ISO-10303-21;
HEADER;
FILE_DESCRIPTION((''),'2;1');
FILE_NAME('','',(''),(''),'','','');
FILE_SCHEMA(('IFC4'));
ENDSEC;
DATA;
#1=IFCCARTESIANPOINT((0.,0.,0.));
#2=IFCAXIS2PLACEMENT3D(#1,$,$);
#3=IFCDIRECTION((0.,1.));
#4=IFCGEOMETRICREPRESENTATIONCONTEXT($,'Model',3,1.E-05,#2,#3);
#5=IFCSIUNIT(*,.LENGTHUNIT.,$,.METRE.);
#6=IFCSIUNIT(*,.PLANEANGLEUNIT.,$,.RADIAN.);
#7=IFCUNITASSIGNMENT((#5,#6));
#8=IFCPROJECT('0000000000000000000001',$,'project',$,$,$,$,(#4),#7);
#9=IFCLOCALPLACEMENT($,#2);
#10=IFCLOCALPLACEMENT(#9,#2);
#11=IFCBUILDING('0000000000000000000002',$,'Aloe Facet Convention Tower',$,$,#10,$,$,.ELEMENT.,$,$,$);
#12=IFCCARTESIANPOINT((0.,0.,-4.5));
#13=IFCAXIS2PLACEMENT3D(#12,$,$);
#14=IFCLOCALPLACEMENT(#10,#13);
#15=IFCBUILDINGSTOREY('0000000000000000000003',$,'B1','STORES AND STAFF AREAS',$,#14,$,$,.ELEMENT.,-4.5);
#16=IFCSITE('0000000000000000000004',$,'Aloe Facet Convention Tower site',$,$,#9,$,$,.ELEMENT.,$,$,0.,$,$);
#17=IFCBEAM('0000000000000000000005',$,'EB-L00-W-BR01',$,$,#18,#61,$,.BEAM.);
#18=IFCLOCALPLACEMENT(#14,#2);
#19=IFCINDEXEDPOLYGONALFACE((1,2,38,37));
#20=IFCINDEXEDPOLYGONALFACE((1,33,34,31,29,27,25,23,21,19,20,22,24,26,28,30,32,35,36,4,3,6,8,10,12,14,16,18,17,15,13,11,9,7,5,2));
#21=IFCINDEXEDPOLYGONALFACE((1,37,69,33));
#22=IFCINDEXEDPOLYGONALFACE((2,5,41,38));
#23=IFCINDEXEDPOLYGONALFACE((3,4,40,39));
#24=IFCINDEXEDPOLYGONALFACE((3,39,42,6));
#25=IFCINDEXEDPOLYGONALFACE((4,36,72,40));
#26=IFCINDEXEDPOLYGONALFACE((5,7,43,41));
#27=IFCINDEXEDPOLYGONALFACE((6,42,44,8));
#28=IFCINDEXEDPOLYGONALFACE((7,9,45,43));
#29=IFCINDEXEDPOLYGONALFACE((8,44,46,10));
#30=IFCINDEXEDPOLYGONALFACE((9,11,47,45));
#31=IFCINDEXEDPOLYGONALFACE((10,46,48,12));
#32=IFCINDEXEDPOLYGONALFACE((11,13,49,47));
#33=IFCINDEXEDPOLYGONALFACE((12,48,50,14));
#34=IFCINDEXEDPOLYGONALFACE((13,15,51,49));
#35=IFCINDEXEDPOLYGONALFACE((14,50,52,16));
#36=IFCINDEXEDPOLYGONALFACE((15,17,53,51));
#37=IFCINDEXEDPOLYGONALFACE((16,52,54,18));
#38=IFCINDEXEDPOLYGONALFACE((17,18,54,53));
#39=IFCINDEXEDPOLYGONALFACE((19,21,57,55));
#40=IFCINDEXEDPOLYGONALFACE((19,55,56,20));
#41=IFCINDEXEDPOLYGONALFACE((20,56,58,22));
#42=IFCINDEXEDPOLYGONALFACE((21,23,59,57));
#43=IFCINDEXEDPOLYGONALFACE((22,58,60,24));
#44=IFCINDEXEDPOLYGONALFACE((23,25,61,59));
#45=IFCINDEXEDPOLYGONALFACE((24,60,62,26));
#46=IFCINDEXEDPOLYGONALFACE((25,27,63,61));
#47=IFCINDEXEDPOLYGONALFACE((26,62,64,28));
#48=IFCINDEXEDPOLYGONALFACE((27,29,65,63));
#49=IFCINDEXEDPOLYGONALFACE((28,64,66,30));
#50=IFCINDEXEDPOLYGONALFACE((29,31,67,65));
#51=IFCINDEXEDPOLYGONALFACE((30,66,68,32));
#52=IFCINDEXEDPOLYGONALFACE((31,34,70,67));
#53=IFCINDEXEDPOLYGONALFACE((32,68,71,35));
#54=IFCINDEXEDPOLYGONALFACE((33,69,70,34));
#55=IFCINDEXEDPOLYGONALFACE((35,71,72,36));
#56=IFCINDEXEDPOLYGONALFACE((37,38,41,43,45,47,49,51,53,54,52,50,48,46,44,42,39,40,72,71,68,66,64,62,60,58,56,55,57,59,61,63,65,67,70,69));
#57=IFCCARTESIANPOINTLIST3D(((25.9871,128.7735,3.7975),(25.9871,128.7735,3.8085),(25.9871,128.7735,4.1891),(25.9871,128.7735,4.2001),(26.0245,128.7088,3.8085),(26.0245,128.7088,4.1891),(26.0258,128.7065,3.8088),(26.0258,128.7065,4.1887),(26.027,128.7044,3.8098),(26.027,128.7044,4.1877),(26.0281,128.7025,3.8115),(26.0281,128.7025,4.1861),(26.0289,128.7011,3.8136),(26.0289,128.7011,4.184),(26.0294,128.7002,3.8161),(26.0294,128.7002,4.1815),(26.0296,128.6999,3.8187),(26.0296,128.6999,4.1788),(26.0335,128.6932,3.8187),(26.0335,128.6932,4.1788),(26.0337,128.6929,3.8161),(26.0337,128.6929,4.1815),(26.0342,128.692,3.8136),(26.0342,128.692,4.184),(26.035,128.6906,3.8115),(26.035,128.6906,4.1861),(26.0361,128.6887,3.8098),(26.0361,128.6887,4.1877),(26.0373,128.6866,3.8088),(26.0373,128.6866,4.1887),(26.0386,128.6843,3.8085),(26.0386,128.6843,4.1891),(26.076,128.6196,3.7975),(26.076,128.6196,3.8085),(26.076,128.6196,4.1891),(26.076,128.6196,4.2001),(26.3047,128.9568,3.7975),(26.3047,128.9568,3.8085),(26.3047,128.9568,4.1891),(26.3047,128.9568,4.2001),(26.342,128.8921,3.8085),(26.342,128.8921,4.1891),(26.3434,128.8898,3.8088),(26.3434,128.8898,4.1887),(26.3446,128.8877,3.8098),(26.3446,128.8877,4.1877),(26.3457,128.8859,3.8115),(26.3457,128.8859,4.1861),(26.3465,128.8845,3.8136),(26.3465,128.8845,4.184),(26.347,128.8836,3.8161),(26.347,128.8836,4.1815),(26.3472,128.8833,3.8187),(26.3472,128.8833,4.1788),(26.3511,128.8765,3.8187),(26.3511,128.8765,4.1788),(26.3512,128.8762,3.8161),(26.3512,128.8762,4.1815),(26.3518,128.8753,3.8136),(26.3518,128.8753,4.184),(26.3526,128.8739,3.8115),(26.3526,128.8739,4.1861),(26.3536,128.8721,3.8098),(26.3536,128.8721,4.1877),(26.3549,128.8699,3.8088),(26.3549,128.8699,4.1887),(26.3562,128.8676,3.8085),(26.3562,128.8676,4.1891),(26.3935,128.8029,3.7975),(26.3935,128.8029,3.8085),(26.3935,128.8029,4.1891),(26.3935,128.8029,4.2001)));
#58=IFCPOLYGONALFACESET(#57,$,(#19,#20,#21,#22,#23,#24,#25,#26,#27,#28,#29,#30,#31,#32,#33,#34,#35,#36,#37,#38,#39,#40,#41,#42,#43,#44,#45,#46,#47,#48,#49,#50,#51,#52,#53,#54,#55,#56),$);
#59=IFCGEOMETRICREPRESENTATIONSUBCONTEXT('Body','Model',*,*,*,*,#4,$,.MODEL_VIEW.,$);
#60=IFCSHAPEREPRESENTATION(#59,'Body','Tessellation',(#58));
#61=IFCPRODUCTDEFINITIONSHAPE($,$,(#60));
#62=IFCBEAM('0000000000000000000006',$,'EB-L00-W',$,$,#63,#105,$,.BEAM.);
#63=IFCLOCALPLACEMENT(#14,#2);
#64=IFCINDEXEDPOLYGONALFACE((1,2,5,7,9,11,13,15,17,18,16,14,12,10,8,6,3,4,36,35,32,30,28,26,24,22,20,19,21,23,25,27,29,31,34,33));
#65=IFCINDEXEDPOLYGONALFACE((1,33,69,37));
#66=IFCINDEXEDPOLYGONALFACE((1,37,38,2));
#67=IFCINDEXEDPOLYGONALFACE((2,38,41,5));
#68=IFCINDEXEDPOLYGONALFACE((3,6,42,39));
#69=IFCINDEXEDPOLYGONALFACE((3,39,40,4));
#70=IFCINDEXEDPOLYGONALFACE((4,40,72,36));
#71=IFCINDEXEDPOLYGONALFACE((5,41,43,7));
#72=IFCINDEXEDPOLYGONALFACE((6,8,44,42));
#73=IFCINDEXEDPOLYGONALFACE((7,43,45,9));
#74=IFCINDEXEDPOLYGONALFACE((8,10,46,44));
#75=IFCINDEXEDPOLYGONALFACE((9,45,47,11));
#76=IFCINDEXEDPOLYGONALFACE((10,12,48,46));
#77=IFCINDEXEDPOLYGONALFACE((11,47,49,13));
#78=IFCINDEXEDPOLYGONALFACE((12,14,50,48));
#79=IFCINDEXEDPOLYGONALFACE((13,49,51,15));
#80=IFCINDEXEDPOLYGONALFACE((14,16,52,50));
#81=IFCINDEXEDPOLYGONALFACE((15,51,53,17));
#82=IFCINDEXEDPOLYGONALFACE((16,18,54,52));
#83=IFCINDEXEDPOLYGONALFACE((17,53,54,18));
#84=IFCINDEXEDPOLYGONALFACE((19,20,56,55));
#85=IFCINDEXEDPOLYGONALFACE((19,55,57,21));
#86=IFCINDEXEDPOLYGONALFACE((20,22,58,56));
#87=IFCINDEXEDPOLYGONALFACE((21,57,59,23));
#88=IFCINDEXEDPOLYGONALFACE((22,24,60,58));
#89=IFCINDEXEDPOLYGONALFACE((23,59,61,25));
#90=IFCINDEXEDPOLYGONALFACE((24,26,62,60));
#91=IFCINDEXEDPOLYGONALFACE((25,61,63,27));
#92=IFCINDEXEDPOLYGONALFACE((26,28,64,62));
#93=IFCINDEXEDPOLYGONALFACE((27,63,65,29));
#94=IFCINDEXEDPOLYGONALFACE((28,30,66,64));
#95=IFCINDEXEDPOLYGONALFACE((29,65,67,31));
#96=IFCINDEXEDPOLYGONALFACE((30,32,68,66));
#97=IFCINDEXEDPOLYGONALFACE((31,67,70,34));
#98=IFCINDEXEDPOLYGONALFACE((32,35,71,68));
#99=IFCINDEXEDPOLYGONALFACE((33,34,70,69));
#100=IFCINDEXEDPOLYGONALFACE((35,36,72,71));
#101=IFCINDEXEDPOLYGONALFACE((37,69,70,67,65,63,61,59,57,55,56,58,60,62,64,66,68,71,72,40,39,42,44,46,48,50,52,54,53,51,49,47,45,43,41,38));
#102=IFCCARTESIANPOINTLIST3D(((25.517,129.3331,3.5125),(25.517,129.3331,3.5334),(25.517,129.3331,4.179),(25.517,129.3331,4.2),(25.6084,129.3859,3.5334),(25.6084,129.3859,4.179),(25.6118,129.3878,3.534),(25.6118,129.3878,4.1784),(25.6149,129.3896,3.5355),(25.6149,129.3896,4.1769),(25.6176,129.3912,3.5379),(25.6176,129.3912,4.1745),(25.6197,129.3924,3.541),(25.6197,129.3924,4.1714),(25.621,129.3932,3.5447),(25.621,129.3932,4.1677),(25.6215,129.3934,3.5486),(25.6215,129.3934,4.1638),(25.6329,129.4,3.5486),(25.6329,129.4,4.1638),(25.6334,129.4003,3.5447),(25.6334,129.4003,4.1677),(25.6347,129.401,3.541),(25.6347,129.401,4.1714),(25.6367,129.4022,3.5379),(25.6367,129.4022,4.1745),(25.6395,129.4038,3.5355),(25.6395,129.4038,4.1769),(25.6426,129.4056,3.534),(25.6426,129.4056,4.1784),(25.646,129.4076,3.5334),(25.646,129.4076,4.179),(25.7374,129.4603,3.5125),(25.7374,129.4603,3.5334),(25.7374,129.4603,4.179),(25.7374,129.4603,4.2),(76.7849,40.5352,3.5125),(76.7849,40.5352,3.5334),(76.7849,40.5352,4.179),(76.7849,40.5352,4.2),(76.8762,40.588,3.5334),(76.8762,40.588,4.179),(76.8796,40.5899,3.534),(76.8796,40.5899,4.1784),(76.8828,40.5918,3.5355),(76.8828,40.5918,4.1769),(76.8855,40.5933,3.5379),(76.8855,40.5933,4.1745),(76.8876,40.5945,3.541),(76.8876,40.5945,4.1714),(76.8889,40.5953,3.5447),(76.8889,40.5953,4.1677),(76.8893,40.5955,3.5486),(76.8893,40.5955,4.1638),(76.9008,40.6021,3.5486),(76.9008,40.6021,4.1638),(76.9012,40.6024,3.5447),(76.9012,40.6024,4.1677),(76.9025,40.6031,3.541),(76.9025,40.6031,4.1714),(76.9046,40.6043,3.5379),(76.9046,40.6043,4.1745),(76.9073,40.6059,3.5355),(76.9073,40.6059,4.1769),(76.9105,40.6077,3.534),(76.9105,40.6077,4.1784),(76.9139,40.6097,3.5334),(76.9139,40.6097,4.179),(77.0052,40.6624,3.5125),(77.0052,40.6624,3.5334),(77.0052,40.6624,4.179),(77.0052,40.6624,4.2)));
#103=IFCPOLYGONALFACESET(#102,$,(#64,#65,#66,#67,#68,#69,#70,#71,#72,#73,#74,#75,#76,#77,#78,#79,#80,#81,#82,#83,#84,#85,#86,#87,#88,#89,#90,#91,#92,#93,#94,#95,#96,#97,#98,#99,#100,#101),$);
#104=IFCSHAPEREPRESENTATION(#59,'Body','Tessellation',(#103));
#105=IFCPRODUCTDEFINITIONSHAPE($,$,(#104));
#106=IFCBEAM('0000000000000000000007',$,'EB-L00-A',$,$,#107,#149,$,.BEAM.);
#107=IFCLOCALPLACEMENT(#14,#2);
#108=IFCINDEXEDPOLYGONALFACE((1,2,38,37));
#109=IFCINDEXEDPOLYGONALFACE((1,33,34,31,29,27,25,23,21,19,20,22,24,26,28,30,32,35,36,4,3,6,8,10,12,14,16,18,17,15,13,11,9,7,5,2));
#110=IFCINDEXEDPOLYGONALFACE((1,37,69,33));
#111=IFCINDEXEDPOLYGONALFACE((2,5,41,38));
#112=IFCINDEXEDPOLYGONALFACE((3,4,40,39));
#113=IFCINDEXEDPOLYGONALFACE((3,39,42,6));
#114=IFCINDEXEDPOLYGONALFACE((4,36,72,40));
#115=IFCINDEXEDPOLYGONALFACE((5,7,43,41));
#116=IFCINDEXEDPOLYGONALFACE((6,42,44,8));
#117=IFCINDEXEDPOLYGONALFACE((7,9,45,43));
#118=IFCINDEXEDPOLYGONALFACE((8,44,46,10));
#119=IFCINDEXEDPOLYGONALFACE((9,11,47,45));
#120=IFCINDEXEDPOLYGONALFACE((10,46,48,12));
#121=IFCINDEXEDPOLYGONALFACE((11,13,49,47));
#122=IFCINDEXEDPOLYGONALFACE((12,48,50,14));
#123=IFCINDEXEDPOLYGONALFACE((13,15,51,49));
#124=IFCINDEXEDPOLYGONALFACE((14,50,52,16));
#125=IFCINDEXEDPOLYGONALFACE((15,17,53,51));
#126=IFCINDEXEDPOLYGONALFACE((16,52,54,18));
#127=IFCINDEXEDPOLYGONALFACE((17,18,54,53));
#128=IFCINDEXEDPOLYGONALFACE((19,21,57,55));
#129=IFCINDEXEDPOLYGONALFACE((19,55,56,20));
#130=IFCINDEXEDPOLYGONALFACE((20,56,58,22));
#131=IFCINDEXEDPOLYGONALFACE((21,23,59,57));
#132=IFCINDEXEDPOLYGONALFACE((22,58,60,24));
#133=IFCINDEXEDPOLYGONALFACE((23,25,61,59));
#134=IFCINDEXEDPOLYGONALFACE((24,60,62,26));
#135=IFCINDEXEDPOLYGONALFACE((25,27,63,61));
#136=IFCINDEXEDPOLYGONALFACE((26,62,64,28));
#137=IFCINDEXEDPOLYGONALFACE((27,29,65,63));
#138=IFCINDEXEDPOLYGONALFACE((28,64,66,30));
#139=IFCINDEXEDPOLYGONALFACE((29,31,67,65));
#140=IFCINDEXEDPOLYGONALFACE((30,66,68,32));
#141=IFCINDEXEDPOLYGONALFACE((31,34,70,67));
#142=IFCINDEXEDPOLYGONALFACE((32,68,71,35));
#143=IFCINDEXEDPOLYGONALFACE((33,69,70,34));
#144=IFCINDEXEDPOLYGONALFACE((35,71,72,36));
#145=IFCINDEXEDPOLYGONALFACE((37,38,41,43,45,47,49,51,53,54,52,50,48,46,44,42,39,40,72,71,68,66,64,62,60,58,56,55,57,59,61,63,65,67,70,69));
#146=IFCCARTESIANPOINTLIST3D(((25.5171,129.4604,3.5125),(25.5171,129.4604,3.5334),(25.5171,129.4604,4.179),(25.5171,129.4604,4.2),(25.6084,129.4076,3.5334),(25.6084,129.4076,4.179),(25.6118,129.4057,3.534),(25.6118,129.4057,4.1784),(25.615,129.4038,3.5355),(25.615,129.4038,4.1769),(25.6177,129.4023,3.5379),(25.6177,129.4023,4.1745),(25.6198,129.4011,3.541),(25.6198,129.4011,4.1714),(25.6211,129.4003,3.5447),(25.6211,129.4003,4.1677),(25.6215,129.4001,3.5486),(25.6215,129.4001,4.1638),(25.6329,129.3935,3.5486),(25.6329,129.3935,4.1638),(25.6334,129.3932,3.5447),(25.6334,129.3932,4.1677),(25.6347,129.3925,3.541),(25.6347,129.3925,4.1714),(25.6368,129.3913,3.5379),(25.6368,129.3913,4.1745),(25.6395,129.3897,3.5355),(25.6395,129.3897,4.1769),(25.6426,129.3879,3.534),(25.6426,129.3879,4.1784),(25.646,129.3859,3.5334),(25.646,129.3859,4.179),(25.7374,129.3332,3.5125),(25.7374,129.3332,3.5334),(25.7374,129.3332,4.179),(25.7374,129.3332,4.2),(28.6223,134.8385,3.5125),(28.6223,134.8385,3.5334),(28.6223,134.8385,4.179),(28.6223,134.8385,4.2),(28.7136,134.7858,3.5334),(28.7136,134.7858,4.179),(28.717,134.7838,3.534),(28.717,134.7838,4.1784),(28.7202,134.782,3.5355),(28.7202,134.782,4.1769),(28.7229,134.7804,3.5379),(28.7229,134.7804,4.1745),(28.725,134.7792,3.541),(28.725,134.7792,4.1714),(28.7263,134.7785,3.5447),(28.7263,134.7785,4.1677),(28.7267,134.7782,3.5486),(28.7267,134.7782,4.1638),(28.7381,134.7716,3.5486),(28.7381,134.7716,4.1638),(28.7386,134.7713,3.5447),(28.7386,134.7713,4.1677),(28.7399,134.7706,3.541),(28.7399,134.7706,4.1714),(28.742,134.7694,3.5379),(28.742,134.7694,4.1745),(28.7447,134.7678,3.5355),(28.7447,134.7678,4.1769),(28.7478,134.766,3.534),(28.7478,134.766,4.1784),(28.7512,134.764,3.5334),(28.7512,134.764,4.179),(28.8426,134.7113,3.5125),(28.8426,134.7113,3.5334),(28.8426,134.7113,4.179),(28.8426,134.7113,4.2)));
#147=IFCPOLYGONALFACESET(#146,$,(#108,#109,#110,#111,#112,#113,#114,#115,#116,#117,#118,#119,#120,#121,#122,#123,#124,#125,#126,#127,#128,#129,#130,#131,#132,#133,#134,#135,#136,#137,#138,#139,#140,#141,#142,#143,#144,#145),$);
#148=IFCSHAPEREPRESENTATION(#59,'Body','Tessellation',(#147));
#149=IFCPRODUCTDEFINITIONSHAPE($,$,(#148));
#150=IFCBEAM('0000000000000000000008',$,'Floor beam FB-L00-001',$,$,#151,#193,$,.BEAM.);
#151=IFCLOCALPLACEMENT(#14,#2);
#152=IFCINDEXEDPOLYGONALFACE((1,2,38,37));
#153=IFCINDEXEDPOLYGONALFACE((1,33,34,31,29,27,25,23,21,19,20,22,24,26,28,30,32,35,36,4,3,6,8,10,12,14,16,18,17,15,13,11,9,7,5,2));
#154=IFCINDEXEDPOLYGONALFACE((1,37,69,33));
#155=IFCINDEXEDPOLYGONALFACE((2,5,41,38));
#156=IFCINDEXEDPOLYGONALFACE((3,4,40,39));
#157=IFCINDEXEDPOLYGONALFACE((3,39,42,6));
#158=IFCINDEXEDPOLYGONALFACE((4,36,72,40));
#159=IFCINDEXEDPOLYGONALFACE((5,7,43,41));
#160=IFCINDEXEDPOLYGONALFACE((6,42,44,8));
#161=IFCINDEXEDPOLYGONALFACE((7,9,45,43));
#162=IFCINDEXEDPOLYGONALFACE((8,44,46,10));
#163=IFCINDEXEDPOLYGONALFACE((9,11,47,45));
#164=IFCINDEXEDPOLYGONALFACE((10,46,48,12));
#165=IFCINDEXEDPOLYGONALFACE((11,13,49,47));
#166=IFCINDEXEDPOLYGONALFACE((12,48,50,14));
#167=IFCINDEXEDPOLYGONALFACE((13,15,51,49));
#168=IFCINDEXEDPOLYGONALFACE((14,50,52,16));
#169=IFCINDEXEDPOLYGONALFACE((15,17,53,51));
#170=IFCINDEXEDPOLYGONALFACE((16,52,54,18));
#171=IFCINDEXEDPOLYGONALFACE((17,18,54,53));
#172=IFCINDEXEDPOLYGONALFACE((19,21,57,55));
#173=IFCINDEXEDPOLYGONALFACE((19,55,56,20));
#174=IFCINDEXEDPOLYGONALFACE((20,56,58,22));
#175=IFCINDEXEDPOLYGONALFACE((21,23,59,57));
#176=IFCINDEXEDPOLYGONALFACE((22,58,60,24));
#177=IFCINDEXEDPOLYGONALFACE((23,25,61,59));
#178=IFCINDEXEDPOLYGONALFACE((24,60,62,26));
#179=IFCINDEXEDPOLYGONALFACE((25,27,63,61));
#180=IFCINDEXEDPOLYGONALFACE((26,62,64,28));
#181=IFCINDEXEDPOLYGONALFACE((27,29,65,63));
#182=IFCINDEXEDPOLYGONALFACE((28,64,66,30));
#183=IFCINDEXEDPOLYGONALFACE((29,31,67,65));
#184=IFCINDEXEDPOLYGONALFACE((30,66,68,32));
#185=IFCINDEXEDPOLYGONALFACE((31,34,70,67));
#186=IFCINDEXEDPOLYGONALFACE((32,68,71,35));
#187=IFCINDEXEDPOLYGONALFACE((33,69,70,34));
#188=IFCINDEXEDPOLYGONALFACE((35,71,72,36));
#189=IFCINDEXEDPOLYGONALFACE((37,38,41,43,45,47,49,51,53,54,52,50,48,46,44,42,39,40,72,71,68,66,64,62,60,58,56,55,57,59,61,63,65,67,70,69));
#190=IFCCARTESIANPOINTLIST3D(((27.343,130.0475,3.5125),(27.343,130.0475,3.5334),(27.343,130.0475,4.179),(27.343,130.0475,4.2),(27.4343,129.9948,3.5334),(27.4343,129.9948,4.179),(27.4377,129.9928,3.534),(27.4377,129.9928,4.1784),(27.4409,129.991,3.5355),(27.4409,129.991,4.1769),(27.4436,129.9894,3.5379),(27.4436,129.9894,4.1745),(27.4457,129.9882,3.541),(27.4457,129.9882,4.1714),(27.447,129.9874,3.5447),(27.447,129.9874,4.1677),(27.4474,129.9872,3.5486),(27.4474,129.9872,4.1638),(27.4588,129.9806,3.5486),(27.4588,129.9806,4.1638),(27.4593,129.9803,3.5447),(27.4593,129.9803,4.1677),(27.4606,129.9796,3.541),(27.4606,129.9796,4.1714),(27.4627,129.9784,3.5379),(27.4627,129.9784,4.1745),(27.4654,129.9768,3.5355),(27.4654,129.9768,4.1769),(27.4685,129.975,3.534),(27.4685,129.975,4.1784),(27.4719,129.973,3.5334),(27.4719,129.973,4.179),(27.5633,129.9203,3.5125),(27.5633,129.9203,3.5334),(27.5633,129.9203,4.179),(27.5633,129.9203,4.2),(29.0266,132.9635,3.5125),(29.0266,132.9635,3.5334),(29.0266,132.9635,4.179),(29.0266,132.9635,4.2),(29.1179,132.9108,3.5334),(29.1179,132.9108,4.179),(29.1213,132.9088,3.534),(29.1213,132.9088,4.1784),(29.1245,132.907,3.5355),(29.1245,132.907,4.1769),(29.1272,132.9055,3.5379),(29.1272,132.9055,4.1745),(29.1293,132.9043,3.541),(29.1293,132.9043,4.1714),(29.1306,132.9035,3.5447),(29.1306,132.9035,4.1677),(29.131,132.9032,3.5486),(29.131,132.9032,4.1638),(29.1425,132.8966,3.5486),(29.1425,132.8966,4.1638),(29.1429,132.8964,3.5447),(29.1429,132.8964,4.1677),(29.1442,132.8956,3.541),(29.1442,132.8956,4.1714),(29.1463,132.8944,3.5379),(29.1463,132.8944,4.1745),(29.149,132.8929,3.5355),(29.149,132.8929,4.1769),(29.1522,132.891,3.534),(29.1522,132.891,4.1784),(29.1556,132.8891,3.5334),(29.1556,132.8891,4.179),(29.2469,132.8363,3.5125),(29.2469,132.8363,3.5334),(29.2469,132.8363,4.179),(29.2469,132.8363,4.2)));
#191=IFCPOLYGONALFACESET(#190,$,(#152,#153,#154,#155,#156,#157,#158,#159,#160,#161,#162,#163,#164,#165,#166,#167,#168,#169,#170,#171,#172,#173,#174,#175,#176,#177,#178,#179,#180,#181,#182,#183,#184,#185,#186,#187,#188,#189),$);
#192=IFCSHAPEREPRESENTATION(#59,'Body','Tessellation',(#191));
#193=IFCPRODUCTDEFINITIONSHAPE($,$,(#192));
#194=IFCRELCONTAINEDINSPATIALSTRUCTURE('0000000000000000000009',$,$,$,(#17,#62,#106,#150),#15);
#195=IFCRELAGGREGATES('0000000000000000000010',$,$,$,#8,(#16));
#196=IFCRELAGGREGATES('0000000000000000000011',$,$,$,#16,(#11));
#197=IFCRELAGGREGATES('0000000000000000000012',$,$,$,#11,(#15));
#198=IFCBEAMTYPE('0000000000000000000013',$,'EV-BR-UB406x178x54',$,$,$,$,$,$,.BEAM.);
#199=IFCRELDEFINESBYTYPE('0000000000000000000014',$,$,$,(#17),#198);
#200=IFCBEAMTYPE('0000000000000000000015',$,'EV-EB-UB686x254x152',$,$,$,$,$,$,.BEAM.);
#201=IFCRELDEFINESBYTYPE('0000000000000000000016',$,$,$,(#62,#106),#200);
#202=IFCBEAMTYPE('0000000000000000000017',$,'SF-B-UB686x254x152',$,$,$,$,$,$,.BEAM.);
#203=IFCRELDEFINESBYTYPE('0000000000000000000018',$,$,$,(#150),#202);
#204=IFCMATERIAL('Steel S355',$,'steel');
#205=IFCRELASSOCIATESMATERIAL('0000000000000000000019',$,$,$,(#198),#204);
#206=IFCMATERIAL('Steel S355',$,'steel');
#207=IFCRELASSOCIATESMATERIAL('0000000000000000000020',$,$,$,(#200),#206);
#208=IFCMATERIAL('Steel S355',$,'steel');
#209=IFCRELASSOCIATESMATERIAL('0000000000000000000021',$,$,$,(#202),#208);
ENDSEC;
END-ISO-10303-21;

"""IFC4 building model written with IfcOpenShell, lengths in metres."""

from ifc_helpers import new_model, si_unit, direction, frame, origin, origin_2d, place, context, subcontext, project, spatial, i_section, extrude, material, material_profile, profile_set, type_object, element, save


model = new_model("IFC4")

# Units and contexts
model_context = context("Model", 3, precision=1e-05, world=origin(), true_north=direction((0.0, 1.0)))
body_context = subcontext(model_context, "Body", "Model", "MODEL_VIEW")
ifc_project = project(units=[si_unit("LENGTHUNIT", "METRE"), si_unit("PLANEANGLEUNIT", "RADIAN")], contexts=[model_context])

# Site, building, storey
site_placement = place(None, origin())
site = spatial("IfcSite", under=ifc_project, at=site_placement, Name="Aloe Facet Convention Tower site", CompositionType="ELEMENT", RefElevation=0.0)
building_placement = place(site_placement, origin())
building = spatial("IfcBuilding", under=site, at=building_placement, Name="Aloe Facet Convention Tower", CompositionType="ELEMENT")
storey_placement = place(building_placement, frame((0.0, 0.0, -4.5)))
storey = spatial("IfcBuildingStorey", under=building, at=storey_placement, Name="B1", Description="STORES AND STAFF AREAS", CompositionType="ELEMENT", Elevation=-4.5)

# Beams
ifc_material_1 = material(Name="Steel S355", Category="steel")
ifc_material_profile_1 = material_profile(ifc_material_1, i_section(OverallWidth=0.1777, OverallDepth=0.4026, WebThickness=0.0078, FlangeThickness=0.011, FilletRadius=0.0103, at=origin_2d()), Name="UB 406x178x54")
ifc_profile_set_1 = profile_set([ifc_material_profile_1], Name="Steel S355")
beam_type_1 = type_object("IfcBeamType", Name="EV-BR-UB406x178x54", PredefinedType="BEAM", material=ifc_profile_set_1)
beam_1_placement = place(storey_placement, frame((26.3491, 128.8799, 3.9988), z_axis=(-0.866064, -0.499934, 0.0), x_axis=(0.499934, -0.866064, 0.0)))
element("IfcBeam", 1, at=beam_1_placement, inside=storey, type_object=beam_type_1, Name="EB-L00-W-BR01", PredefinedType="BEAM", context=body_context, shape_type="SweptSolid", body=[
    extrude(i_section(OverallWidth=0.1777, OverallDepth=0.4026, WebThickness=0.0078, FlangeThickness=0.011, FilletRadius=0.0103, at=origin_2d()), origin(), (0.0, 0.0, 1.0), 0.3667),
])
ifc_material_2 = material(Name="Steel S355", Category="steel")
ifc_material_profile_2 = material_profile(ifc_material_2, i_section(OverallWidth=0.2544, OverallDepth=0.6875, WebThickness=0.0132, FlangeThickness=0.021, FilletRadius=0.0151, at=origin_2d()), Name="UB 686x254x152")
ifc_profile_set_2 = profile_set([ifc_material_profile_2], Name="Steel S355")
beam_type_2 = type_object("IfcBeamType", Name="EV-EB-UB686x254x152", PredefinedType="BEAM", material=ifc_profile_set_2)
beam_2_placement = place(storey_placement, frame((25.6272, 129.3967, 3.8562), z_axis=(0.500003, -0.866024, 0.0), x_axis=(0.866024, 0.500003, 0.0)))
element("IfcBeam", 2, at=beam_2_placement, inside=storey, type_object=beam_type_2, Name="EB-L00-W", PredefinedType="BEAM", context=body_context, shape_type="SweptSolid", body=[
    extrude(i_section(OverallWidth=0.2544, OverallDepth=0.6875, WebThickness=0.0132, FlangeThickness=0.021, FilletRadius=0.0151, at=origin_2d()), origin(), (0.0, 0.0, 1.0), 102.5352),
])
beam_3_placement = place(storey_placement, frame((28.7324, 134.7749, 3.8562), z_axis=(-0.500016, -0.866016, 0.0), x_axis=(0.866016, -0.500016, 0.0)))
element("IfcBeam", 3, at=beam_3_placement, inside=storey, type_object=beam_type_2, Name="EB-L00-A", PredefinedType="BEAM", context=body_context, shape_type="SweptSolid", body=[
    extrude(i_section(OverallWidth=0.2544, OverallDepth=0.6875, WebThickness=0.0132, FlangeThickness=0.021, FilletRadius=0.0151, at=origin_2d()), origin(), (0.0, 0.0, 1.0), 6.2102),
])
ifc_material_3 = material(Name="Steel S355", Category="steel")
ifc_material_profile_3 = material_profile(ifc_material_3, i_section(OverallWidth=0.2544, OverallDepth=0.6875, WebThickness=0.0132, FlangeThickness=0.021, FilletRadius=0.0151, at=origin_2d()), Name="UB 686x254x152")
ifc_profile_set_3 = profile_set([ifc_material_profile_3], Name="Steel S355")
beam_type_3 = type_object("IfcBeamType", Name="SF-B-UB686x254x152", PredefinedType="BEAM", material=ifc_profile_set_3)
beam_4_placement = place(storey_placement, frame((27.4531, 129.9839, 3.8562), z_axis=(0.500007, 0.866021, 0.0), x_axis=(-0.866021, 0.500007, 0.0)))
element("IfcBeam", 4, at=beam_4_placement, inside=storey, type_object=beam_type_3, Name="Floor beam FB-L00-001", PredefinedType="BEAM", context=body_context, shape_type="SweptSolid", body=[
    extrude(i_section(OverallWidth=0.2544, OverallDepth=0.6875, WebThickness=0.0132, FlangeThickness=0.021, FilletRadius=0.0151, at=origin_2d()), origin(), (0.0, 0.0, 1.0), 3.3672),
])

save(model, "model.ifc")
